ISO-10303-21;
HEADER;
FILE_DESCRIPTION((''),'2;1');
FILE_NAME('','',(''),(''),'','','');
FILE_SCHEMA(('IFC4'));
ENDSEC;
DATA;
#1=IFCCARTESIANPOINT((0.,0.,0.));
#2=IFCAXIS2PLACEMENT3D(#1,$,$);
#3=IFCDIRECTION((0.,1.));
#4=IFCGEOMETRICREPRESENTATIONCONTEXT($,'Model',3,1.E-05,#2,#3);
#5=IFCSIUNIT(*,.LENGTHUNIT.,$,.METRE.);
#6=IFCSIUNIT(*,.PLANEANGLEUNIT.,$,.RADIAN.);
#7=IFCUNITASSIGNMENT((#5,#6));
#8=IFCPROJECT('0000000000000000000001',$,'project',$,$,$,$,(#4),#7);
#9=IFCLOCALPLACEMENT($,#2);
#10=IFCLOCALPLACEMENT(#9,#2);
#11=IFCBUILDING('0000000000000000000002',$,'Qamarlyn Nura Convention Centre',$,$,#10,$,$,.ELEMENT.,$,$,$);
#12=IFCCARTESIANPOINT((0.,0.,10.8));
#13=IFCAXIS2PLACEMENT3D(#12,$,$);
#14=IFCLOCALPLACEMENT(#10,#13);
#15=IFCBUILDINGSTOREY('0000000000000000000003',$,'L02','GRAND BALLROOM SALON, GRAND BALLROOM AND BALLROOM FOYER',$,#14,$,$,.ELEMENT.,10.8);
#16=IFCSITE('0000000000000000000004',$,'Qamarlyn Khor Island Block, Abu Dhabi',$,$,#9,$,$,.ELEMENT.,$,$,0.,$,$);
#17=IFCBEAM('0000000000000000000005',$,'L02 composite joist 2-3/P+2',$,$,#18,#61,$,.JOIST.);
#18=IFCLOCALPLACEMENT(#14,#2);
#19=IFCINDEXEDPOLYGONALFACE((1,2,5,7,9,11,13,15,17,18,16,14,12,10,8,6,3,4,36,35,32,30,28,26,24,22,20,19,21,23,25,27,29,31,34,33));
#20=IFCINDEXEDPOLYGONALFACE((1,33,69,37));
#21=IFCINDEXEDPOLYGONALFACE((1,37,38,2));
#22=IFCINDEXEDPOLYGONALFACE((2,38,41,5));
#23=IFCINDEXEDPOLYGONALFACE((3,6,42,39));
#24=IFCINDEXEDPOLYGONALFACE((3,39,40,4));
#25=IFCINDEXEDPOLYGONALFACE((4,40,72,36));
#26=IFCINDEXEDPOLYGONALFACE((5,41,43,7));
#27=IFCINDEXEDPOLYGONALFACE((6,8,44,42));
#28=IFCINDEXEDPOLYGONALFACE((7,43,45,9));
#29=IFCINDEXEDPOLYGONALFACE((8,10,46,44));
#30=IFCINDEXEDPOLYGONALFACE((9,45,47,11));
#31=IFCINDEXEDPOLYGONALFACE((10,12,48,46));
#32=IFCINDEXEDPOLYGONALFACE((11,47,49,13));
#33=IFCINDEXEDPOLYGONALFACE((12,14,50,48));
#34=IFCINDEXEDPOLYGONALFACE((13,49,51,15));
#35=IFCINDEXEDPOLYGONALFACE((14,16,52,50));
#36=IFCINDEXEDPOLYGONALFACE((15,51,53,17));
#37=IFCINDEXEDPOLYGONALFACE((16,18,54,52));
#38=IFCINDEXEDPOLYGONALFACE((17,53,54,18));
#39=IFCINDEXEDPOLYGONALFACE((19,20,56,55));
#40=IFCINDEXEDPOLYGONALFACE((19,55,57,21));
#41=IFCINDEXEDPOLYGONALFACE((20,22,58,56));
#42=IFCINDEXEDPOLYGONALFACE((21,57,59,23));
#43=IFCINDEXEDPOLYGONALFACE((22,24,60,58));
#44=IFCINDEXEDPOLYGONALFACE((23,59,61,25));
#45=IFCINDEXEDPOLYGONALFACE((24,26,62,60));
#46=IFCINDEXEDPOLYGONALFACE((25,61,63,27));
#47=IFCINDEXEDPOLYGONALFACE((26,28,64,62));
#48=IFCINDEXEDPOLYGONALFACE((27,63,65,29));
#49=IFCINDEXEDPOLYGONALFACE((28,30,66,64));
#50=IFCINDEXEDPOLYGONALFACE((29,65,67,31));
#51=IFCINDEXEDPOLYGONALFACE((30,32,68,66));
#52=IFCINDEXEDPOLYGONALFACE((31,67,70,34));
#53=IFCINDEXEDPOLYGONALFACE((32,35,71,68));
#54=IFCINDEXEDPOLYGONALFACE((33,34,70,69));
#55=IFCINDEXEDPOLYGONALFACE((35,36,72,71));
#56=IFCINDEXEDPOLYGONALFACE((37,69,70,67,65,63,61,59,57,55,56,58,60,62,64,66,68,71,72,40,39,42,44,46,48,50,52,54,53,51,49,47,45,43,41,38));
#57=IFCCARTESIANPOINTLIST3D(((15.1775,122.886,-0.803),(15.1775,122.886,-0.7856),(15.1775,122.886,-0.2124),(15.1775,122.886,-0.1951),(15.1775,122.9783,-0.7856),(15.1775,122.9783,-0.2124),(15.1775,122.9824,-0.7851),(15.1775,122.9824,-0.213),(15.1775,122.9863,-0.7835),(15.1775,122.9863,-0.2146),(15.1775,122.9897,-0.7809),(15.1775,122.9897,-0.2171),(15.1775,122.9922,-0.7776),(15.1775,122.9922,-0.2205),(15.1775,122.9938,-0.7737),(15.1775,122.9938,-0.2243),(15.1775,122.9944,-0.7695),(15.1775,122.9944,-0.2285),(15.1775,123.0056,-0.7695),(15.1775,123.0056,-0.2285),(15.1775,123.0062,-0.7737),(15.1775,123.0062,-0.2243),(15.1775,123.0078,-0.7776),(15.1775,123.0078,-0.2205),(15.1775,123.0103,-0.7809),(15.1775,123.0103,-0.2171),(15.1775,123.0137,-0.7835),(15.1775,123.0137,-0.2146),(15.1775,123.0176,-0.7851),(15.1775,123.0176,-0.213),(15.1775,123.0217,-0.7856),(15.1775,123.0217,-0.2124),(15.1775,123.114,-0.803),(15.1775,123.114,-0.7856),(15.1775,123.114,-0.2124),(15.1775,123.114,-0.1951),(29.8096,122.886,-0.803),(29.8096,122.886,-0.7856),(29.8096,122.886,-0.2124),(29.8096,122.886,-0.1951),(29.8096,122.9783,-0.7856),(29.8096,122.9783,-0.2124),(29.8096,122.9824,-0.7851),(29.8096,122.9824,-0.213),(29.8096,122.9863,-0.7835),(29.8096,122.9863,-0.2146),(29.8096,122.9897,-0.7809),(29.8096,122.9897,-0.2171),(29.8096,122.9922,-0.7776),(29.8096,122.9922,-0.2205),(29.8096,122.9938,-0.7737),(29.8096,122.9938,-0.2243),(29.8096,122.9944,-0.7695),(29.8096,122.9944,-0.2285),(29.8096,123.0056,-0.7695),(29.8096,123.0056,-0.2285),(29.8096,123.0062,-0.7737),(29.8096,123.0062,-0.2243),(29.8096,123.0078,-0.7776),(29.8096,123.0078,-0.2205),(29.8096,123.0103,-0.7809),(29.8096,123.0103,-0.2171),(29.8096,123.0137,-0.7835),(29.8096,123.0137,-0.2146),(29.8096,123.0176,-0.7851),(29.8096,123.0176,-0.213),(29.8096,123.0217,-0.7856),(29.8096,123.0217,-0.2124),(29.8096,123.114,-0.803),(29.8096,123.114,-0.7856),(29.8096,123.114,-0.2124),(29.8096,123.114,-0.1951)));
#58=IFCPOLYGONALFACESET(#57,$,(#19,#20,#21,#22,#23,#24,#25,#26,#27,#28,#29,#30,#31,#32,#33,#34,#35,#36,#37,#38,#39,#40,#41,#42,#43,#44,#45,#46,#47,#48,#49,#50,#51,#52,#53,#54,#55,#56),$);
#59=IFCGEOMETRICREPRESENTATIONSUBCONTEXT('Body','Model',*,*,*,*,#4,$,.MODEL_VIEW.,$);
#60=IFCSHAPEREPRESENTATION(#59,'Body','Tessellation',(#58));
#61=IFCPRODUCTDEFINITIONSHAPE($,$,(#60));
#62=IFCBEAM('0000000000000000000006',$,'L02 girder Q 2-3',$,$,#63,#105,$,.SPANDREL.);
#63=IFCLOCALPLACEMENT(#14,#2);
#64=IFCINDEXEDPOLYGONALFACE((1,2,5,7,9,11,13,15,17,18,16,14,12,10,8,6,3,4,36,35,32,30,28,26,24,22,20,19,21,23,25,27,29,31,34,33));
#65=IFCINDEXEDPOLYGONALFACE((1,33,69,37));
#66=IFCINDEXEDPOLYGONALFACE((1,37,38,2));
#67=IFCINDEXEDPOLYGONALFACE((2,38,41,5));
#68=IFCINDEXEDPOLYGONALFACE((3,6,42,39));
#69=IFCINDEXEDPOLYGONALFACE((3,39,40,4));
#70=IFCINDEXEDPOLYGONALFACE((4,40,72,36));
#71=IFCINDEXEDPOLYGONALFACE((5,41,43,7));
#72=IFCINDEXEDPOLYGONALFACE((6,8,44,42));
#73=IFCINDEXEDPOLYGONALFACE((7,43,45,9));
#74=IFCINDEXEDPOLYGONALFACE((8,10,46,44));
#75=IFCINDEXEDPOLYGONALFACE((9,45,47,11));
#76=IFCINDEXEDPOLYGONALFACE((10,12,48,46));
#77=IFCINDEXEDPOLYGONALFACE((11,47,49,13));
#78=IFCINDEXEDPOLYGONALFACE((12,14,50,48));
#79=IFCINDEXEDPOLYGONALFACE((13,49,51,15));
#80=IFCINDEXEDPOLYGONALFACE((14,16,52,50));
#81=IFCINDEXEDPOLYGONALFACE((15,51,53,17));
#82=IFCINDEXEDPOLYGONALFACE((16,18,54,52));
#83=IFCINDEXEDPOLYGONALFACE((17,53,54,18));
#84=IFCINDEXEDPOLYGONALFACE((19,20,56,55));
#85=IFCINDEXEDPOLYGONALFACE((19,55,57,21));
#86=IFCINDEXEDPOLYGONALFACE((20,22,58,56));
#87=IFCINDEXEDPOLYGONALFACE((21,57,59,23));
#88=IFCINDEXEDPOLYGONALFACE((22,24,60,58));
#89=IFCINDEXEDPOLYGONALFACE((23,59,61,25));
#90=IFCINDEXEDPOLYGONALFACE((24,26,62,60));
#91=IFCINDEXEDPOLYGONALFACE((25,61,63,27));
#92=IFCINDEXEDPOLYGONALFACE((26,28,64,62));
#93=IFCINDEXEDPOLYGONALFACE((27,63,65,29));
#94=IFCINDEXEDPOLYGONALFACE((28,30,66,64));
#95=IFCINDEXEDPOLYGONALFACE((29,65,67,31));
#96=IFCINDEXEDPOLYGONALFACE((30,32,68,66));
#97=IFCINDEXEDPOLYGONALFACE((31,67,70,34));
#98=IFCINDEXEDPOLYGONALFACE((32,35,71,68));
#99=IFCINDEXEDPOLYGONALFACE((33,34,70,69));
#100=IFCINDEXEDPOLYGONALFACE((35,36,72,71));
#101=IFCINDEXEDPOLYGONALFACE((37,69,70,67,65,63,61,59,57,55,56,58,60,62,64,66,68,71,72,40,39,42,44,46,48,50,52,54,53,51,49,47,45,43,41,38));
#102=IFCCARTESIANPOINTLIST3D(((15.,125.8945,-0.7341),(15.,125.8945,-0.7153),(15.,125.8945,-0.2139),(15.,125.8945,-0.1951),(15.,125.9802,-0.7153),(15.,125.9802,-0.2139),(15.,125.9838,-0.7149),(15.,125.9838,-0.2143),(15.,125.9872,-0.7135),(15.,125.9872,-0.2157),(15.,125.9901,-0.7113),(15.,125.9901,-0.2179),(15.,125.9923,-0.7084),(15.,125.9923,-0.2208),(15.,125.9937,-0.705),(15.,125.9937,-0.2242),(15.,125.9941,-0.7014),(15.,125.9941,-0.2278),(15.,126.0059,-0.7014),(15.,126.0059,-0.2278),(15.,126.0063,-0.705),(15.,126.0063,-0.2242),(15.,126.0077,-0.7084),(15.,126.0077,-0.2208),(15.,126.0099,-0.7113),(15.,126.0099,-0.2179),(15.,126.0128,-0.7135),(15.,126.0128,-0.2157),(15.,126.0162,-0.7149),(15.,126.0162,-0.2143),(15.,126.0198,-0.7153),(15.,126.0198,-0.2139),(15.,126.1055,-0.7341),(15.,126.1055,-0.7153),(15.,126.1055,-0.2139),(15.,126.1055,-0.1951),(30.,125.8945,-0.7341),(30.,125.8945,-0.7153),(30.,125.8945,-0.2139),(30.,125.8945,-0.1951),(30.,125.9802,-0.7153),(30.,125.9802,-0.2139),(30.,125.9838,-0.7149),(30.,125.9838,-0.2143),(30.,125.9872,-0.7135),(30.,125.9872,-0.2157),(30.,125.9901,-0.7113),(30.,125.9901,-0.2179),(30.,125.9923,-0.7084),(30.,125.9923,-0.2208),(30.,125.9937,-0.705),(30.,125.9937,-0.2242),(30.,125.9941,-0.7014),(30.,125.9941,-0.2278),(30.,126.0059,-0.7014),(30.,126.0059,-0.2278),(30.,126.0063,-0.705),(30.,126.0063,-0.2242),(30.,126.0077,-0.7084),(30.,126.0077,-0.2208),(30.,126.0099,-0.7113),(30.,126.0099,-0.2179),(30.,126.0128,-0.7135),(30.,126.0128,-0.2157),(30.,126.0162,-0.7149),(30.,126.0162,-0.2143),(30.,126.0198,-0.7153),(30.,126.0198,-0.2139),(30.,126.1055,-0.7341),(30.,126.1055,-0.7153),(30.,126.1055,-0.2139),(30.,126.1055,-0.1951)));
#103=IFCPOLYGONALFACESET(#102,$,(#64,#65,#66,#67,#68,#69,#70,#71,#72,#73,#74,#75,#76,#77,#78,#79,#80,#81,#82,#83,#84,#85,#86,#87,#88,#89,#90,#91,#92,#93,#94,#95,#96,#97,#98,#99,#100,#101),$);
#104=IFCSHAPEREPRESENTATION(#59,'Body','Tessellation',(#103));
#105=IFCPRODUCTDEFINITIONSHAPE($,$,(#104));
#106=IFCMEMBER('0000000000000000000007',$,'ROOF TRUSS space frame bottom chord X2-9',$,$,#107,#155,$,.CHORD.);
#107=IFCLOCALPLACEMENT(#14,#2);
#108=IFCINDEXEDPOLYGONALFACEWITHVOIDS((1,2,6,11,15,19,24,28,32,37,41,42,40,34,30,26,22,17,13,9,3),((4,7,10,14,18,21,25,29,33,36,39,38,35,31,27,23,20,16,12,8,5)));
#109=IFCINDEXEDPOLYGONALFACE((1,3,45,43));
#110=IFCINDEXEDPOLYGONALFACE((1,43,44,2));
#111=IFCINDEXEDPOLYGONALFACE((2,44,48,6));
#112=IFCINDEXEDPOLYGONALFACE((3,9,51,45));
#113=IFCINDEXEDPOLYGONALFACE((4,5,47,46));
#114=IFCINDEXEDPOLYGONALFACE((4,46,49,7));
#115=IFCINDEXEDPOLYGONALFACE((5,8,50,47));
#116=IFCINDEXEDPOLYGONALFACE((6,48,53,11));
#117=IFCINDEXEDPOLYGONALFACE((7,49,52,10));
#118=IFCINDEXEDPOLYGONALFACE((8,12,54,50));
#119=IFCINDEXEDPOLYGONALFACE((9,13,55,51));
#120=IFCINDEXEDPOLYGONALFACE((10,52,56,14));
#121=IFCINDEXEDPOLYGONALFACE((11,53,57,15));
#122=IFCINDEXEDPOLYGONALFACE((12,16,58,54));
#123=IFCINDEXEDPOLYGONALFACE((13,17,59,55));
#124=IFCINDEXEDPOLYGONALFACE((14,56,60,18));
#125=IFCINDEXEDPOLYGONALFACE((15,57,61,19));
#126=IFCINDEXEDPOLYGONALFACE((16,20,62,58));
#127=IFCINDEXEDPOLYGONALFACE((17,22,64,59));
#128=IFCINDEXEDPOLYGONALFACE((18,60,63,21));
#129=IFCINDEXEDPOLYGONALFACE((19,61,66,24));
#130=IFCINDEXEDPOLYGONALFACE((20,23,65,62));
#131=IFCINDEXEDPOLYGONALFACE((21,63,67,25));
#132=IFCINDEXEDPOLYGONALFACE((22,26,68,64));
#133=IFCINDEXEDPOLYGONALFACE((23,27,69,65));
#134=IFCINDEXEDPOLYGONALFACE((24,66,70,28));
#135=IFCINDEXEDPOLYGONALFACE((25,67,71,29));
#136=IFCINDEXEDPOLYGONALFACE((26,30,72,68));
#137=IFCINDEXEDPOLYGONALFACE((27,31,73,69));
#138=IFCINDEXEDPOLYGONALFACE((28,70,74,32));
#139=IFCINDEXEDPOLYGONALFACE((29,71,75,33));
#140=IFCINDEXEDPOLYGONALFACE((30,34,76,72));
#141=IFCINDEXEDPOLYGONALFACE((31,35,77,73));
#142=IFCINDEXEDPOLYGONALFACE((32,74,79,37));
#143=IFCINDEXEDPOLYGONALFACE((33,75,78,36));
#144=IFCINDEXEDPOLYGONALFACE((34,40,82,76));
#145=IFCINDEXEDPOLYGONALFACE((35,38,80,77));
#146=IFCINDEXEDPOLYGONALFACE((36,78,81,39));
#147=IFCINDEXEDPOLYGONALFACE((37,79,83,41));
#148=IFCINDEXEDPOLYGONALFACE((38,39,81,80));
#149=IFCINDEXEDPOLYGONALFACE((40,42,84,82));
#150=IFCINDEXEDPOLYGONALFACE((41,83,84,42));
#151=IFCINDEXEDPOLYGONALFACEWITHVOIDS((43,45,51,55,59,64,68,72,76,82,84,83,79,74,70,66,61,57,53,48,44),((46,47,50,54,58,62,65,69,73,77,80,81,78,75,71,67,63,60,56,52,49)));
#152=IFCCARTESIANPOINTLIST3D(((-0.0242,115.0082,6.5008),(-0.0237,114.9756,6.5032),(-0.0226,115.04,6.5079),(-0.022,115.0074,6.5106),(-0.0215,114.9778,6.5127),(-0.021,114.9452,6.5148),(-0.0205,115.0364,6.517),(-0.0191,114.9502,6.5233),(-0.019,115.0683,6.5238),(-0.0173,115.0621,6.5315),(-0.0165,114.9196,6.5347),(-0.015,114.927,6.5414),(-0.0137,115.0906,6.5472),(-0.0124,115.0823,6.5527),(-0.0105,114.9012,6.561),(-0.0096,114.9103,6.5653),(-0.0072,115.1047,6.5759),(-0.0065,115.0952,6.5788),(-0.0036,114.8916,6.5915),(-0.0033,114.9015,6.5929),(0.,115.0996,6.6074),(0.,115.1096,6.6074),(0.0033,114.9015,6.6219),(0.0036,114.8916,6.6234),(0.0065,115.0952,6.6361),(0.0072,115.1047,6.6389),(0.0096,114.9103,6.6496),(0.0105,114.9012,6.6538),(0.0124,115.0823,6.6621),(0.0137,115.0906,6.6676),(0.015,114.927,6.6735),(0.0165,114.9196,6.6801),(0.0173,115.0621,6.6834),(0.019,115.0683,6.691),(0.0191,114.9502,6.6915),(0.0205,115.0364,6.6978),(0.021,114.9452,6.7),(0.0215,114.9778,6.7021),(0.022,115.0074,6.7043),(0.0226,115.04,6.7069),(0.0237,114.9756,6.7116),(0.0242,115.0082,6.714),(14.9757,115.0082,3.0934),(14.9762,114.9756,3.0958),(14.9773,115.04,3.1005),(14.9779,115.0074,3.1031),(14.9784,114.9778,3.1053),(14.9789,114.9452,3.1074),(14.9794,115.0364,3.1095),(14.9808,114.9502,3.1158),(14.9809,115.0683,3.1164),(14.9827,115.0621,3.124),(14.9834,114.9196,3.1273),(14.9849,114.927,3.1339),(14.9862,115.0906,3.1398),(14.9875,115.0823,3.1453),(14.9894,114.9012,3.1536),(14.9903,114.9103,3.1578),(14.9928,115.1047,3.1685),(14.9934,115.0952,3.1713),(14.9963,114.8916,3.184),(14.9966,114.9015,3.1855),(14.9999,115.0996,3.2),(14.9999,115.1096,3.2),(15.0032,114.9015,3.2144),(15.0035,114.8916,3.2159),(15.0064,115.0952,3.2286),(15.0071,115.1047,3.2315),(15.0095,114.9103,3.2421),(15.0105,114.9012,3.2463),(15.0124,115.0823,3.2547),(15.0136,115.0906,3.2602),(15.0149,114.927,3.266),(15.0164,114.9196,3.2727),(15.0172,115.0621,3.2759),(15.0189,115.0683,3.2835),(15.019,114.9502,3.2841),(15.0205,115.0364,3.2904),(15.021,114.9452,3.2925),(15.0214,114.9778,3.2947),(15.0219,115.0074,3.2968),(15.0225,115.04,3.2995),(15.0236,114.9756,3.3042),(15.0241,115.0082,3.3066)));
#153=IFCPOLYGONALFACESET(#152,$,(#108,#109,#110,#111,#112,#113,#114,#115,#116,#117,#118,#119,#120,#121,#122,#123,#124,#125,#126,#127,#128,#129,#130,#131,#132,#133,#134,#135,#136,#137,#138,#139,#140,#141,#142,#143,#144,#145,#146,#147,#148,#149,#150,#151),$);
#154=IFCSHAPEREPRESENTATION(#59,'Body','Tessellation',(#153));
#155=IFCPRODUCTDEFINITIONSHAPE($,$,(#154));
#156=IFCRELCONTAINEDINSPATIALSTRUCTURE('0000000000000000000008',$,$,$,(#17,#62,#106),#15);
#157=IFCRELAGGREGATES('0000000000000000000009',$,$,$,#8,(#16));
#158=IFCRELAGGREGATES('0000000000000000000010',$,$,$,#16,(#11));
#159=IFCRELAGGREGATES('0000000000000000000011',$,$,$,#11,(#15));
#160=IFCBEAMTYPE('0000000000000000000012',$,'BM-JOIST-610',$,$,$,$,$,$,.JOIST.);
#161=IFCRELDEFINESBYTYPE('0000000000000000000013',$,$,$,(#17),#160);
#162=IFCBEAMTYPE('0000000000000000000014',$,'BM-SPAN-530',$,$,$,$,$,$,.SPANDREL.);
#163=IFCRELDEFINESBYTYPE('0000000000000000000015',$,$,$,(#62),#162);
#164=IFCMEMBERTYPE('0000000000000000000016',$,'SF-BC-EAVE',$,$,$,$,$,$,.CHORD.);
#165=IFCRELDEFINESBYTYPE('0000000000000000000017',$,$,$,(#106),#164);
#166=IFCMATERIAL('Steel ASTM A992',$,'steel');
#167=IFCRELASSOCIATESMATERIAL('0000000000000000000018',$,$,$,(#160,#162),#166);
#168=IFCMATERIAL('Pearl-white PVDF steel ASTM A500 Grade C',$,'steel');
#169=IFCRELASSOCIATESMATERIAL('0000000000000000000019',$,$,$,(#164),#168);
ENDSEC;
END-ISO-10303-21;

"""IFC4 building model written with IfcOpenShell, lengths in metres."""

from ifc_helpers import new_model, si_unit, direction, frame, origin, origin_2d, place, context, subcontext, project, spatial, hollow_circle, i_section, extrude, material, material_profile, profile_set, type_object, element, save


model = new_model("IFC4")

# Units and contexts
model_context = context("Model", 3, precision=1e-05, world=origin(), true_north=direction((0.0, 1.0)))
body_context = subcontext(model_context, "Body", "Model", "MODEL_VIEW")
ifc_project = project(units=[si_unit("LENGTHUNIT", "METRE"), si_unit("PLANEANGLEUNIT", "RADIAN")], contexts=[model_context])

# Site, building, storey
site_placement = place(None, origin())
site = spatial("IfcSite", under=ifc_project, at=site_placement, Name="Qamarlyn Khor Island Block, Abu Dhabi", CompositionType="ELEMENT", RefElevation=0.0)
building_placement = place(site_placement, origin())
building = spatial("IfcBuilding", under=site, at=building_placement, Name="Qamarlyn Nura Convention Centre", CompositionType="ELEMENT")
storey_placement = place(building_placement, frame((0.0, 0.0, 10.8)))
storey = spatial("IfcBuildingStorey", under=building, at=storey_placement, Name="L02", Description="GRAND BALLROOM SALON, GRAND BALLROOM AND BALLROOM FOYER", CompositionType="ELEMENT", Elevation=10.8)

# Beams
ifc_material_1 = material(Name="Steel ASTM A992", Category="steel")
ifc_material_profile_1 = material_profile(ifc_material_1, i_section(OverallWidth=0.228, OverallDepth=0.6079, WebThickness=0.0112, FlangeThickness=0.0173, FilletRadius=0.0161, at=origin_2d()), Name="W610X113")
ifc_profile_set_1 = profile_set([ifc_material_profile_1], Name="Steel ASTM A992")
beam_type_1 = type_object("IfcBeamType", Name="BM-JOIST-610", PredefinedType="JOIST", material=ifc_profile_set_1)
for number, where, z_axis, x_axis, name in (
    (1, (15.1775, 123.0, -0.499), (1.0, 0.0, 0.0), (0.0, 1.0, 0.0), "L02 composite joist 2-3/P+2"),
):
    element("IfcBeam", number, at=place(storey_placement, frame(where, z_axis=z_axis, x_axis=x_axis)), inside=storey, type_object=beam_type_1, Name=name, PredefinedType="JOIST", context=body_context, shape_type="SweptSolid", body=[
        extrude(i_section(OverallWidth=0.228, OverallDepth=0.6079, WebThickness=0.0112, FlangeThickness=0.0173, FilletRadius=0.0161, at=origin_2d()), origin(), (0.0, 0.0, 1.0), 14.6321),
    ])
ifc_material_profile_2 = material_profile(ifc_material_1, i_section(OverallWidth=0.2109, OverallDepth=0.5391, WebThickness=0.0117, FlangeThickness=0.0188, FilletRadius=0.0139, at=origin_2d()), Name="W530X109")
ifc_profile_set_2 = profile_set([ifc_material_profile_2], Name="Steel ASTM A992")
beam_type_2 = type_object("IfcBeamType", Name="BM-SPAN-530", PredefinedType="SPANDREL", material=ifc_profile_set_2)
beam_1_placement = place(storey_placement, frame((15.0, 126.0, -0.4646), z_axis=(1.0, 0.0, 0.0), x_axis=(0.0, 1.0, 0.0)))
element("IfcBeam", 2, at=beam_1_placement, inside=storey, type_object=beam_type_2, Name="L02 girder Q 2-3", PredefinedType="SPANDREL", context=body_context, shape_type="SweptSolid", body=[
    extrude(i_section(OverallWidth=0.2109, OverallDepth=0.5391, WebThickness=0.0117, FlangeThickness=0.0188, FilletRadius=0.0139, at=origin_2d()), origin(), (0.0, 0.0, 1.0), 15.0),
])

# Member
ifc_material_2 = material(Name="Pearl-white PVDF steel ASTM A500 Grade C", Category="steel")
ifc_material_profile_3 = material_profile(ifc_material_2, hollow_circle(Radius=0.1096, WallThickness=0.01, at=origin_2d()), Name="CHS219.1X10")
ifc_profile_set_3 = profile_set([ifc_material_profile_3], Name="Pearl-white PVDF steel ASTM A500 Grade C")
member_type_1 = type_object("IfcMemberType", Name="SF-BC-EAVE", PredefinedType="CHORD", material=ifc_profile_set_3)
member_1_placement = place(storey_placement, frame((0.0, 115.0, 6.6074), z_axis=(0.975156, 0.0, -0.221521), x_axis=(0.0, 1.0, 0.0)))
element("IfcMember", 3, at=member_1_placement, inside=storey, type_object=member_type_1, Name="ROOF TRUSS space frame bottom chord X2-9", PredefinedType="CHORD", context=body_context, shape_type="SweptSolid", body=[
    extrude(hollow_circle(Radius=0.1096, WallThickness=0.01, at=origin_2d()), origin(), (0.0, 0.0, 1.0), 15.3821),
])

save(model, "model.ifc")
